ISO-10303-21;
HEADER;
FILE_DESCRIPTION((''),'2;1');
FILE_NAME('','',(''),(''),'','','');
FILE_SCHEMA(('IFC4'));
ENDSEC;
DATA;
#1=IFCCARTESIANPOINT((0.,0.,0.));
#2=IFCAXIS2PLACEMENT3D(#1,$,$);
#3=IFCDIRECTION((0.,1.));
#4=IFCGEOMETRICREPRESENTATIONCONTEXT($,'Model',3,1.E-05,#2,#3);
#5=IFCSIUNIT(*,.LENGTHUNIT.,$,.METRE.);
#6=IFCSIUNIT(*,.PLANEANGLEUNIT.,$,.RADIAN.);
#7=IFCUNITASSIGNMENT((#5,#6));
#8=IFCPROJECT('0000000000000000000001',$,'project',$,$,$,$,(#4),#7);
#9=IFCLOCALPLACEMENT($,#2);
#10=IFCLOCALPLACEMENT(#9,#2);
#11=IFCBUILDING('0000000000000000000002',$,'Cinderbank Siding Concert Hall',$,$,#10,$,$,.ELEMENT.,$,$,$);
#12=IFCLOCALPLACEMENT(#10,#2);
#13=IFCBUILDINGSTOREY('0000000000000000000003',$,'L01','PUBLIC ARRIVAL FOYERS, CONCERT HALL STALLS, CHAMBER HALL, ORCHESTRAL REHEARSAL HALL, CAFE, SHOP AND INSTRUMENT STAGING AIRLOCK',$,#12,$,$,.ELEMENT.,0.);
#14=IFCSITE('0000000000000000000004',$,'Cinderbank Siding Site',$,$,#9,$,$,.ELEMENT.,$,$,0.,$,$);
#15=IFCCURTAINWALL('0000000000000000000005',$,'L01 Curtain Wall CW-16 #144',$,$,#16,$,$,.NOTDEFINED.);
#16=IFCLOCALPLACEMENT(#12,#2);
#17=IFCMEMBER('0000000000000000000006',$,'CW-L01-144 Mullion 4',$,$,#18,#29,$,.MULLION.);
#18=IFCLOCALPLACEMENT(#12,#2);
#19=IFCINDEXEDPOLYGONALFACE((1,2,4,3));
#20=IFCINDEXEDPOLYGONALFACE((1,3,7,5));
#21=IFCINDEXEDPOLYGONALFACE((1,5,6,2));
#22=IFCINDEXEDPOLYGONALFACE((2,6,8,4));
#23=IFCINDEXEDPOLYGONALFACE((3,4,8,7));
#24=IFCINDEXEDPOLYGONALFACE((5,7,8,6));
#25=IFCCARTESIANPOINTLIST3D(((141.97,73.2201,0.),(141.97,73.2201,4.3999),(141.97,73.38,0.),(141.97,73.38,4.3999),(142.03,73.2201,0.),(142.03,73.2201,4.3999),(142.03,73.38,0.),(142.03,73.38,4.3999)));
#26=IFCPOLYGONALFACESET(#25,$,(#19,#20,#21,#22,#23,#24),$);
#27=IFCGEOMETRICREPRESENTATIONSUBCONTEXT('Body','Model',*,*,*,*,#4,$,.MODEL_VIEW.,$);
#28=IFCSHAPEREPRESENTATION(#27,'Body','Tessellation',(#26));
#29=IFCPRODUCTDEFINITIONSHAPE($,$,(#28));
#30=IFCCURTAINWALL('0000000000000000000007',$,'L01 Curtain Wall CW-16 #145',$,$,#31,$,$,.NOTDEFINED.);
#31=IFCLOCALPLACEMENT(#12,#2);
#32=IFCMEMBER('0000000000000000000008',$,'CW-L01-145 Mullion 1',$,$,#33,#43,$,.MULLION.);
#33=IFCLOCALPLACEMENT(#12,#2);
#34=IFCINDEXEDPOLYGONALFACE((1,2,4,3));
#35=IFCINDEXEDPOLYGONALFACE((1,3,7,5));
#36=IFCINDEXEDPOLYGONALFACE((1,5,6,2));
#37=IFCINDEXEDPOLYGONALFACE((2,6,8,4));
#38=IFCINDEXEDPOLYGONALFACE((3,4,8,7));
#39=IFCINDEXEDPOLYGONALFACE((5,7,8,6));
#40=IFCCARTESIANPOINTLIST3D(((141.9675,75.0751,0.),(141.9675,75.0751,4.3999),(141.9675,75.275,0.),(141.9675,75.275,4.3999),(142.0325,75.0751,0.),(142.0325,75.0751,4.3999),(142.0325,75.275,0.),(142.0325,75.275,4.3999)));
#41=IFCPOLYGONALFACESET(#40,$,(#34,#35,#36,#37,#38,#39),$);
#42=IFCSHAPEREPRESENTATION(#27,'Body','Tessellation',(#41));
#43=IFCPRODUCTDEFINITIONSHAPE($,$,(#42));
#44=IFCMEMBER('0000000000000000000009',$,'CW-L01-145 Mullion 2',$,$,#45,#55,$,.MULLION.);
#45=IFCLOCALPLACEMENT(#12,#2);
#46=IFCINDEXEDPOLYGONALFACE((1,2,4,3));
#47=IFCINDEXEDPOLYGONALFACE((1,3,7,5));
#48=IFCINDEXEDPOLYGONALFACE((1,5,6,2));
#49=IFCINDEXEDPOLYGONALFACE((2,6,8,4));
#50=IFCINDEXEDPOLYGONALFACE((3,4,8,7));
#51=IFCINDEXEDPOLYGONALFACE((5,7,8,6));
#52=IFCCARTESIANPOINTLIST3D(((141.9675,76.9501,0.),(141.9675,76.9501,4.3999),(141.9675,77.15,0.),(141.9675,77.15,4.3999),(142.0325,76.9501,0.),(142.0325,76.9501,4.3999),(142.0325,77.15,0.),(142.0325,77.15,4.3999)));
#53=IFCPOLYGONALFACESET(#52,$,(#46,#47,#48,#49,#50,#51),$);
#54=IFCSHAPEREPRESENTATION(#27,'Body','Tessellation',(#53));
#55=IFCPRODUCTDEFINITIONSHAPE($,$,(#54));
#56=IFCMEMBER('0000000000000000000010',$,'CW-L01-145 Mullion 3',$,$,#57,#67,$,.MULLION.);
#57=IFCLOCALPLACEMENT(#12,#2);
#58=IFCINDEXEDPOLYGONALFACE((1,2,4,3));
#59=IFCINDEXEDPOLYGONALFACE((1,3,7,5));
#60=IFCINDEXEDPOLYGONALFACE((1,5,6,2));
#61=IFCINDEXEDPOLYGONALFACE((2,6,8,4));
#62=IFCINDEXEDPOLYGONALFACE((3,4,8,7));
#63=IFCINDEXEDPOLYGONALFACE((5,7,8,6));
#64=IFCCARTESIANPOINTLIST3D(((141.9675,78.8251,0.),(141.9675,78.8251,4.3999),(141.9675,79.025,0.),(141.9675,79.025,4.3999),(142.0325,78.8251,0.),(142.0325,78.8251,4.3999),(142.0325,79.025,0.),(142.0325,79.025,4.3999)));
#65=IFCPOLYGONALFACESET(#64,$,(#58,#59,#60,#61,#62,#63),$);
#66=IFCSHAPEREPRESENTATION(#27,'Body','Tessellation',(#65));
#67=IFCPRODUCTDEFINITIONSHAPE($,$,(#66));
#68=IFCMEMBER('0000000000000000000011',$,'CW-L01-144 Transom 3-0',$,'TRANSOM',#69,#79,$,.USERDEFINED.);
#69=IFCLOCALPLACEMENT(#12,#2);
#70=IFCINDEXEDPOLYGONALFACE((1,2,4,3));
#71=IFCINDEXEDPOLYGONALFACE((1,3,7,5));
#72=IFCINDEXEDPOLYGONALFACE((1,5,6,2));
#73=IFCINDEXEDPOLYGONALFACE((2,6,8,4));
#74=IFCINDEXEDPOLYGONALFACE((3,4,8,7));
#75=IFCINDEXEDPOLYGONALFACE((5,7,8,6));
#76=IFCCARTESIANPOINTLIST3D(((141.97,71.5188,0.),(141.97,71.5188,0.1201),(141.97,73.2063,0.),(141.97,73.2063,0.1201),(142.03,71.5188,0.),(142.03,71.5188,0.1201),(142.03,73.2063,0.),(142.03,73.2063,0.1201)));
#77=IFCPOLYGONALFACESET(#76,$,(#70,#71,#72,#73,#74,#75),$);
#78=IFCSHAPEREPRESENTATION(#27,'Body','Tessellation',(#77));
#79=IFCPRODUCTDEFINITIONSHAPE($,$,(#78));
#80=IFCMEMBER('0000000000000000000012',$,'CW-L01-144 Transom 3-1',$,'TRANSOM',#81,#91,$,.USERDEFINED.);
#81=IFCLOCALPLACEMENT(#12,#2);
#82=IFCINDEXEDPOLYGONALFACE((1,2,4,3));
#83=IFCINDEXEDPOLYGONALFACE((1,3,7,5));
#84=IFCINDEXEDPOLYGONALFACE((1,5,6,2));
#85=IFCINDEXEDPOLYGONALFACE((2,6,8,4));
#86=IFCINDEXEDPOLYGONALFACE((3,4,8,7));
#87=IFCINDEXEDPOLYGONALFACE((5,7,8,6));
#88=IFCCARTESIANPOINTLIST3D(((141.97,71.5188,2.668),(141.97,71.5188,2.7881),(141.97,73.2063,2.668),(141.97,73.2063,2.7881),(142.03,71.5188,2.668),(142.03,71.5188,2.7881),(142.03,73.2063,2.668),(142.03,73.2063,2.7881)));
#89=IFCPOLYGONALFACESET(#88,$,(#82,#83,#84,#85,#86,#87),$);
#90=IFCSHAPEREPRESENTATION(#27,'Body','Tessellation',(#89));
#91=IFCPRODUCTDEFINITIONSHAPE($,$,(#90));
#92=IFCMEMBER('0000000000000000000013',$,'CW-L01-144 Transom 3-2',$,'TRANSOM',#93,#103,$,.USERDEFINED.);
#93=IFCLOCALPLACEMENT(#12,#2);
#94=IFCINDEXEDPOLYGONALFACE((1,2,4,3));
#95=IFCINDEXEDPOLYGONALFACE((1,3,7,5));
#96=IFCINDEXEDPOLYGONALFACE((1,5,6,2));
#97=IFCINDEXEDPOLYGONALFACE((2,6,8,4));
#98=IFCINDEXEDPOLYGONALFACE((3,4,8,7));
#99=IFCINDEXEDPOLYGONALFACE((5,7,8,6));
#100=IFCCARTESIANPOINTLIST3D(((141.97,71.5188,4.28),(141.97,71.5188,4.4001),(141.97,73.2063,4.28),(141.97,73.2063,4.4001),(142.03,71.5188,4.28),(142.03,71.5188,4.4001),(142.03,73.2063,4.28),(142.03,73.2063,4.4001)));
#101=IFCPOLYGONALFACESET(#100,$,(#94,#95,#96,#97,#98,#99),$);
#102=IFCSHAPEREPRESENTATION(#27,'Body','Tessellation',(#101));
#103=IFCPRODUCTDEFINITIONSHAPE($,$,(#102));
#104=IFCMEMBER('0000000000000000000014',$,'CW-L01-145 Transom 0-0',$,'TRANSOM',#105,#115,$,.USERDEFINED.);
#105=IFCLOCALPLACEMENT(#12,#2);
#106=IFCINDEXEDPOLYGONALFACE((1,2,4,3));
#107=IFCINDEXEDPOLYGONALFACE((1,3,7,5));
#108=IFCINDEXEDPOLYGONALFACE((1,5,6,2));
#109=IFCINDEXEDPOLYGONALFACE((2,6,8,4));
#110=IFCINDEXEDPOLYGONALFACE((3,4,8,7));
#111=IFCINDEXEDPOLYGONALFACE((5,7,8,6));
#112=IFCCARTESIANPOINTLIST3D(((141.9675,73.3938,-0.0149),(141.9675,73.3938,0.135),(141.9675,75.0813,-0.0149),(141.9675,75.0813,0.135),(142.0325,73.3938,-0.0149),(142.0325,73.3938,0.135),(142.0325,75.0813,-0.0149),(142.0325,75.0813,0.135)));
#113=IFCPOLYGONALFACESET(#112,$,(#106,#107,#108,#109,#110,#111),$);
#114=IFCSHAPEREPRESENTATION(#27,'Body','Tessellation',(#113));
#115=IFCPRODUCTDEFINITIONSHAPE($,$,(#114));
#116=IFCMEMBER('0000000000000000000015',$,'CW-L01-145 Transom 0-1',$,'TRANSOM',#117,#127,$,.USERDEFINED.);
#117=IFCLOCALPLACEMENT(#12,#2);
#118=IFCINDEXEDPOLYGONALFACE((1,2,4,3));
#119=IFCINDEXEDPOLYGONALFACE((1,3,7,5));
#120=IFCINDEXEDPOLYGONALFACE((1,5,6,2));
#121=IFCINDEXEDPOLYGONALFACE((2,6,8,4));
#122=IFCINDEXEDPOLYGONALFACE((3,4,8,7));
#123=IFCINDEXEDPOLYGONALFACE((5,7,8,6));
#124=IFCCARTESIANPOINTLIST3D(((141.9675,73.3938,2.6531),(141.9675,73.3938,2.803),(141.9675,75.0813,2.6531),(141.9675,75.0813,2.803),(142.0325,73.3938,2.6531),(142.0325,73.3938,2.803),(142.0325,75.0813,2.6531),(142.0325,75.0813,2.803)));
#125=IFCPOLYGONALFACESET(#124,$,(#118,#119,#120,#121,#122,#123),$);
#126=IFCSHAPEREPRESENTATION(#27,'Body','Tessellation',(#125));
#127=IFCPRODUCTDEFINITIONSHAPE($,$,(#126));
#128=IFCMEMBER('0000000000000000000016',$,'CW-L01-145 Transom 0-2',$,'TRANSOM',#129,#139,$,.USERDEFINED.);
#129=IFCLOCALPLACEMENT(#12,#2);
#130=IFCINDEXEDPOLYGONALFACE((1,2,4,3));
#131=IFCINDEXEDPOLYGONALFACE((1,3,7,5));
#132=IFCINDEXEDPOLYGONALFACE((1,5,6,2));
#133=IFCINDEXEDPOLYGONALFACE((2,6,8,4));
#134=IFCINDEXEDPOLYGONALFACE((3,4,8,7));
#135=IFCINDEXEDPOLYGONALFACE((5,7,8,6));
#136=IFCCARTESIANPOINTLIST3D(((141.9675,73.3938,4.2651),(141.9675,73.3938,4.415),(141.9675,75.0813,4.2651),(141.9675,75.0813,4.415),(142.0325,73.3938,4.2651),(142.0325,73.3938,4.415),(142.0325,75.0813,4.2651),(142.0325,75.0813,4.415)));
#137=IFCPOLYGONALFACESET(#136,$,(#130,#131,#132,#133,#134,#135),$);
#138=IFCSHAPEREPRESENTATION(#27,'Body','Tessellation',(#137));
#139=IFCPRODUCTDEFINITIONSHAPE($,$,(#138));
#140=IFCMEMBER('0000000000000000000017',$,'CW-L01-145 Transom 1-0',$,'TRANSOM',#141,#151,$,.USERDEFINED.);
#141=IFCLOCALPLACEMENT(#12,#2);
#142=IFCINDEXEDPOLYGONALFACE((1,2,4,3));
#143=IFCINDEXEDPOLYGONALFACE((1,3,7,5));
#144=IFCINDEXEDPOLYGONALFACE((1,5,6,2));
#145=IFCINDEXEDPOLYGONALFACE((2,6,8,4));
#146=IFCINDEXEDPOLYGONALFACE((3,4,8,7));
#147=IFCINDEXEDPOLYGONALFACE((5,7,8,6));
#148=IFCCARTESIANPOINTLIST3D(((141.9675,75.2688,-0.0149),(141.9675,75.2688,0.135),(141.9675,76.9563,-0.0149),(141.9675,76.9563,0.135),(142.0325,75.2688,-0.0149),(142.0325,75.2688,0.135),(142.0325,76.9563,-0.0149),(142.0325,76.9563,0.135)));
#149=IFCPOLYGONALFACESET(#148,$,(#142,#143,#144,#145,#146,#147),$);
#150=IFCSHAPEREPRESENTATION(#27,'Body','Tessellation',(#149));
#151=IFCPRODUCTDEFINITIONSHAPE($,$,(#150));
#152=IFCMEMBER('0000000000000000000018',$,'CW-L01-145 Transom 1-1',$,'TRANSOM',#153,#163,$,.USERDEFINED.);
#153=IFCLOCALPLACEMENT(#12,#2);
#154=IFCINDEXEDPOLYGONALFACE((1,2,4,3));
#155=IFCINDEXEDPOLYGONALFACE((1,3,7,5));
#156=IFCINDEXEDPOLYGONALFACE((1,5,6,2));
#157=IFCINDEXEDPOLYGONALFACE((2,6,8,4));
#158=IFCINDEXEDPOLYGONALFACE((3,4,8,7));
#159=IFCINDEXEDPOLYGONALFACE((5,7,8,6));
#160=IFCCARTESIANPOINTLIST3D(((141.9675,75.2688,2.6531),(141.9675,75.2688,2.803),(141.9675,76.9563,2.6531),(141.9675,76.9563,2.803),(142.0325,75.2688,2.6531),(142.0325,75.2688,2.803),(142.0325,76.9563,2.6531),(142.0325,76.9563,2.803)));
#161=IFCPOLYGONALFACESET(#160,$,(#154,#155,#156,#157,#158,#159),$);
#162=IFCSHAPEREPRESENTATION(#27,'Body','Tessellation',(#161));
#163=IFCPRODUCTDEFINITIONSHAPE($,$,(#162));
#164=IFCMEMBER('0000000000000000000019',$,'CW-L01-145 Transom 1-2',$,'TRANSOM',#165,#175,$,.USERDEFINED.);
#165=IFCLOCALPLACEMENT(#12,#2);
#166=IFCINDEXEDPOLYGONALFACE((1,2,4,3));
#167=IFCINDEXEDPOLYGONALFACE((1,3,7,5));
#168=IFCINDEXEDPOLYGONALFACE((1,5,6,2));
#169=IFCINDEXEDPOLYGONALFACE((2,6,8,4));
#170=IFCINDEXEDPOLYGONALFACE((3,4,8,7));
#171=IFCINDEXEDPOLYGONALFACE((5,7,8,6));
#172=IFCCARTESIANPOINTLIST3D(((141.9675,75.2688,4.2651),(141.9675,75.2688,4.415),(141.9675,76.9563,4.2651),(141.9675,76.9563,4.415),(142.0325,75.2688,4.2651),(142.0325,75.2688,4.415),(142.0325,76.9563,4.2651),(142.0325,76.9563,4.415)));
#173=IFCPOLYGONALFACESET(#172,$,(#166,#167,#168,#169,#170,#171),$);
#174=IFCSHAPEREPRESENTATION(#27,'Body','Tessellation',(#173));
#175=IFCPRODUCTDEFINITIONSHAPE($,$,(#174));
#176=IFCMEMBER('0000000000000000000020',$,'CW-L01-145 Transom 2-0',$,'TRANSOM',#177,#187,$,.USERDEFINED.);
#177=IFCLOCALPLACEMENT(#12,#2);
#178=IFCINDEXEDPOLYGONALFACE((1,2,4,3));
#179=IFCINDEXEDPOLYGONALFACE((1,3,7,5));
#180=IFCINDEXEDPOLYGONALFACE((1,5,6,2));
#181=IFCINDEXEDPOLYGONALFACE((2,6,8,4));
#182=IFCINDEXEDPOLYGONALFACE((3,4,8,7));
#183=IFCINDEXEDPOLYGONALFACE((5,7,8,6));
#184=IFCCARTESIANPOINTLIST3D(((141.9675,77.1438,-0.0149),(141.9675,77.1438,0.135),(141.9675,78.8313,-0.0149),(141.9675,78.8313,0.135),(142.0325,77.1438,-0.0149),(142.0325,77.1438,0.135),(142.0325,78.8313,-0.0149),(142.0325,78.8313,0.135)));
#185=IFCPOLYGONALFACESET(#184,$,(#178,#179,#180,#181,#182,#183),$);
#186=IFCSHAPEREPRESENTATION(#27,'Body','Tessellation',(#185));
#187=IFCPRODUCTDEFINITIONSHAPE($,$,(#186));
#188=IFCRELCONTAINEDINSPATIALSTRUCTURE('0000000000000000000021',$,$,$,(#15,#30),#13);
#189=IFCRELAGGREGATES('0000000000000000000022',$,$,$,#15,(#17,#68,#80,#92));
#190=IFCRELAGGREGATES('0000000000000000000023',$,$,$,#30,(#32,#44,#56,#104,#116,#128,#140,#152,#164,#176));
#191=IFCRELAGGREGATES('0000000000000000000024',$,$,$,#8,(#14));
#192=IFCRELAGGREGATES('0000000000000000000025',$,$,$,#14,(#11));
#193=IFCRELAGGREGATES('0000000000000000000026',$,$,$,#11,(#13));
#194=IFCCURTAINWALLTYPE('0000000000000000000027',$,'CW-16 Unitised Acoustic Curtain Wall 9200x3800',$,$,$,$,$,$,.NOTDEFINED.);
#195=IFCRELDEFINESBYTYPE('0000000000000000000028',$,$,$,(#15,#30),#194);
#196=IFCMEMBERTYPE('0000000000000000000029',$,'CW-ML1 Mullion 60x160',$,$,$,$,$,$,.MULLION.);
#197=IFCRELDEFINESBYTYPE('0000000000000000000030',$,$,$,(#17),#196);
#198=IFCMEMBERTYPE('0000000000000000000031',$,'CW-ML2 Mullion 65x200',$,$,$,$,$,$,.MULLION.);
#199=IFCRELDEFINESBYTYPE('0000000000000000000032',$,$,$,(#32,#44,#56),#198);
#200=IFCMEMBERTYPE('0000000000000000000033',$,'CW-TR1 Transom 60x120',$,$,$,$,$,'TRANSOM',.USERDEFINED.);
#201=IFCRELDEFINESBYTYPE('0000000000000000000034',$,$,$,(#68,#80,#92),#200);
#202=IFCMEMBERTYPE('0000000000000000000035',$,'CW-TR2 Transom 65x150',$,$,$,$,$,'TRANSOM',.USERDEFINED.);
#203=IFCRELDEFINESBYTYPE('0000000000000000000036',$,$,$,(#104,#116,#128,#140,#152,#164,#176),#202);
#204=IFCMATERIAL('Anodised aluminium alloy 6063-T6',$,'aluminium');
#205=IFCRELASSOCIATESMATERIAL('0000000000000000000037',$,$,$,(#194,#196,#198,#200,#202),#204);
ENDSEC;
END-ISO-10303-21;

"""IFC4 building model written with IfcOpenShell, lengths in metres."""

from ifc_helpers import new_model, si_unit, direction, frame, origin, origin_2d, place, context, subcontext, project, spatial, rectangle, extrude, material, material_profile, profile_set, type_object, element, aggregate, save


model = new_model("IFC4")

# Units and contexts
model_context = context("Model", 3, precision=1e-05, world=origin(), true_north=direction((0.0, 1.0)))
body_context = subcontext(model_context, "Body", "Model", "MODEL_VIEW")
ifc_project = project(units=[si_unit("LENGTHUNIT", "METRE"), si_unit("PLANEANGLEUNIT", "RADIAN")], contexts=[model_context])

# Site, building, storey
site_placement = place(None, origin())
site = spatial("IfcSite", under=ifc_project, at=site_placement, Name="Cinderbank Siding Site", CompositionType="ELEMENT", RefElevation=0.0)
building_placement = place(site_placement, origin())
building = spatial("IfcBuilding", under=site, at=building_placement, Name="Cinderbank Siding Concert Hall", CompositionType="ELEMENT")
storey_placement = place(building_placement, origin())
storey = spatial("IfcBuildingStorey", under=building, at=storey_placement, Name="L01", Description="PUBLIC ARRIVAL FOYERS, CONCERT HALL STALLS, CHAMBER HALL, ORCHESTRAL REHEARSAL HALL, CAFE, SHOP AND INSTRUMENT STAGING AIRLOCK", CompositionType="ELEMENT", Elevation=0.0)

# Curtain wall, member
ifc_material_1 = material(Name="Anodised aluminium alloy 6063-T6", Category="aluminium")
curtain_wall_type = type_object("IfcCurtainWallType", Name="CW-16 Unitised Acoustic Curtain Wall 9200x3800", PredefinedType="NOTDEFINED", material=ifc_material_1)
curtain_wall_1_placement = place(storey_placement, origin())
curtain_wall_1 = element("IfcCurtainWall", 1, at=curtain_wall_1_placement, inside=storey, type_object=curtain_wall_type, Name="L01 Curtain Wall CW-16 #144", PredefinedType="NOTDEFINED")
ifc_material_profile_1 = material_profile(ifc_material_1, rectangle(XDim=0.0601, YDim=0.1599, at=origin_2d()), Name="ALU-MULL-60x160", Category="LoadBearing")
ifc_profile_set_1 = profile_set([ifc_material_profile_1], Name="Anodised aluminium alloy 6063-T6")
member_type_1 = type_object("IfcMemberType", Name="CW-ML1 Mullion 60x160", PredefinedType="MULLION", material=ifc_profile_set_1)
member_1_placement = place(storey_placement, frame((142.0, 73.3, 0.0), z_axis=(0.0, 0.0, 1.0), x_axis=(1.0, 0.0, 0.0)))
member_1 = element("IfcMember", 2, at=member_1_placement, type_object=member_type_1, Name="CW-L01-144 Mullion 4", PredefinedType="MULLION", context=body_context, shape_type="SweptSolid", body=[
    extrude(rectangle(XDim=0.0601, YDim=0.1599, at=origin_2d()), origin(), (0.0, 0.0, 1.0), 4.3999),
])

# Curtain wall, members
curtain_wall_2_placement = place(storey_placement, origin())
curtain_wall_2 = element("IfcCurtainWall", 3, at=curtain_wall_2_placement, inside=storey, type_object=curtain_wall_type, Name="L01 Curtain Wall CW-16 #145", PredefinedType="NOTDEFINED")
ifc_material_profile_2 = material_profile(ifc_material_1, rectangle(XDim=0.0649, YDim=0.2, at=origin_2d()), Name="ALU-MULL-65x200", Category="LoadBearing")
ifc_profile_set_2 = profile_set([ifc_material_profile_2], Name="Anodised aluminium alloy 6063-T6")
member_type_2 = type_object("IfcMemberType", Name="CW-ML2 Mullion 65x200", PredefinedType="MULLION", material=ifc_profile_set_2)
member_2_placement = place(storey_placement, frame((142.0, 75.175, 0.0), z_axis=(0.0, 0.0, 1.0), x_axis=(1.0, 0.0, 0.0)))
member_2 = element("IfcMember", 4, at=member_2_placement, type_object=member_type_2, Name="CW-L01-145 Mullion 1", PredefinedType="MULLION", context=body_context, shape_type="SweptSolid", body=[
    extrude(rectangle(XDim=0.0649, YDim=0.2, at=origin_2d()), origin(), (0.0, 0.0, 1.0), 4.3999),
])
member_3_placement = place(storey_placement, frame((142.0, 77.05, 0.0), z_axis=(0.0, 0.0, 1.0), x_axis=(1.0, 0.0, 0.0)))
member_3 = element("IfcMember", 5, at=member_3_placement, type_object=member_type_2, Name="CW-L01-145 Mullion 2", PredefinedType="MULLION", context=body_context, shape_type="SweptSolid", body=[
    extrude(rectangle(XDim=0.0649, YDim=0.2, at=origin_2d()), origin(), (0.0, 0.0, 1.0), 4.3999),
])
member_4_placement = place(storey_placement, frame((142.0, 78.925, 0.0), z_axis=(0.0, 0.0, 1.0), x_axis=(1.0, 0.0, 0.0)))
member_4 = element("IfcMember", 6, at=member_4_placement, type_object=member_type_2, Name="CW-L01-145 Mullion 3", PredefinedType="MULLION", context=body_context, shape_type="SweptSolid", body=[
    extrude(rectangle(XDim=0.0649, YDim=0.2, at=origin_2d()), origin(), (0.0, 0.0, 1.0), 4.3999),
])

# Members
ifc_material_profile_3 = material_profile(ifc_material_1, rectangle(XDim=0.0601, YDim=0.1201, at=origin_2d()), Name="ALU-TRAN-60x120", Category="LoadBearing")
ifc_profile_set_3 = profile_set([ifc_material_profile_3], Name="Anodised aluminium alloy 6063-T6")
member_type_3 = type_object("IfcMemberType", Name="CW-TR1 Transom 60x120", ElementType="TRANSOM", PredefinedType="USERDEFINED", material=ifc_profile_set_3)
member_5_placement = place(storey_placement, frame((142.0, 71.5188, 0.0601), z_axis=(0.0, 1.0, 0.0), x_axis=(-1.0, 0.0, 0.0)))
member_5 = element("IfcMember", 7, at=member_5_placement, type_object=member_type_3, Name="CW-L01-144 Transom 3-0", ObjectType="TRANSOM", PredefinedType="USERDEFINED", context=body_context, shape_type="SweptSolid", body=[
    extrude(rectangle(XDim=0.0601, YDim=0.1201, at=origin_2d()), origin(), (0.0, 0.0, 1.0), 1.6875),
])
member_6_placement = place(storey_placement, frame((142.0, 71.5188, 2.728), z_axis=(0.0, 1.0, 0.0), x_axis=(-1.0, 0.0, 0.0)))
member_6 = element("IfcMember", 8, at=member_6_placement, type_object=member_type_3, Name="CW-L01-144 Transom 3-1", ObjectType="TRANSOM", PredefinedType="USERDEFINED", context=body_context, shape_type="SweptSolid", body=[
    extrude(rectangle(XDim=0.0601, YDim=0.1201, at=origin_2d()), origin(), (0.0, 0.0, 1.0), 1.6875),
])
member_7_placement = place(storey_placement, frame((142.0, 71.5188, 4.3401), z_axis=(0.0, 1.0, 0.0), x_axis=(-1.0, 0.0, 0.0)))
member_7 = element("IfcMember", 9, at=member_7_placement, type_object=member_type_3, Name="CW-L01-144 Transom 3-2", ObjectType="TRANSOM", PredefinedType="USERDEFINED", context=body_context, shape_type="SweptSolid", body=[
    extrude(rectangle(XDim=0.0601, YDim=0.1201, at=origin_2d()), origin(), (0.0, 0.0, 1.0), 1.6875),
])
ifc_material_profile_4 = material_profile(ifc_material_1, rectangle(XDim=0.0649, YDim=0.1499, at=origin_2d()), Name="ALU-TRAN-65x150", Category="LoadBearing")
ifc_profile_set_4 = profile_set([ifc_material_profile_4], Name="Anodised aluminium alloy 6063-T6")
member_type_4 = type_object("IfcMemberType", Name="CW-TR2 Transom 65x150", ElementType="TRANSOM", PredefinedType="USERDEFINED", material=ifc_profile_set_4)
member_8_placement = place(storey_placement, frame((142.0, 73.3938, 0.0601), z_axis=(0.0, 1.0, 0.0), x_axis=(-1.0, 0.0, 0.0)))
member_8 = element("IfcMember", 10, at=member_8_placement, type_object=member_type_4, Name="CW-L01-145 Transom 0-0", ObjectType="TRANSOM", PredefinedType="USERDEFINED", context=body_context, shape_type="SweptSolid", body=[
    extrude(rectangle(XDim=0.0649, YDim=0.1499, at=origin_2d()), origin(), (0.0, 0.0, 1.0), 1.6875),
])
member_9_placement = place(storey_placement, frame((142.0, 73.3938, 2.728), z_axis=(0.0, 1.0, 0.0), x_axis=(-1.0, 0.0, 0.0)))
member_9 = element("IfcMember", 11, at=member_9_placement, type_object=member_type_4, Name="CW-L01-145 Transom 0-1", ObjectType="TRANSOM", PredefinedType="USERDEFINED", context=body_context, shape_type="SweptSolid", body=[
    extrude(rectangle(XDim=0.0649, YDim=0.1499, at=origin_2d()), origin(), (0.0, 0.0, 1.0), 1.6875),
])
member_10_placement = place(storey_placement, frame((142.0, 73.3938, 4.3401), z_axis=(0.0, 1.0, 0.0), x_axis=(-1.0, 0.0, 0.0)))
member_10 = element("IfcMember", 12, at=member_10_placement, type_object=member_type_4, Name="CW-L01-145 Transom 0-2", ObjectType="TRANSOM", PredefinedType="USERDEFINED", context=body_context, shape_type="SweptSolid", body=[
    extrude(rectangle(XDim=0.0649, YDim=0.1499, at=origin_2d()), origin(), (0.0, 0.0, 1.0), 1.6875),
])
member_11_placement = place(storey_placement, frame((142.0, 75.2688, 0.0601), z_axis=(0.0, 1.0, 0.0), x_axis=(-1.0, 0.0, 0.0)))
member_11 = element("IfcMember", 13, at=member_11_placement, type_object=member_type_4, Name="CW-L01-145 Transom 1-0", ObjectType="TRANSOM", PredefinedType="USERDEFINED", context=body_context, shape_type="SweptSolid", body=[
    extrude(rectangle(XDim=0.0649, YDim=0.1499, at=origin_2d()), origin(), (0.0, 0.0, 1.0), 1.6875),
])
member_12_placement = place(storey_placement, frame((142.0, 75.2688, 2.728), z_axis=(0.0, 1.0, 0.0), x_axis=(-1.0, 0.0, 0.0)))
member_12 = element("IfcMember", 14, at=member_12_placement, type_object=member_type_4, Name="CW-L01-145 Transom 1-1", ObjectType="TRANSOM", PredefinedType="USERDEFINED", context=body_context, shape_type="SweptSolid", body=[
    extrude(rectangle(XDim=0.0649, YDim=0.1499, at=origin_2d()), origin(), (0.0, 0.0, 1.0), 1.6875),
])
member_13_placement = place(storey_placement, frame((142.0, 75.2688, 4.3401), z_axis=(0.0, 1.0, 0.0), x_axis=(-1.0, 0.0, 0.0)))
member_13 = element("IfcMember", 15, at=member_13_placement, type_object=member_type_4, Name="CW-L01-145 Transom 1-2", ObjectType="TRANSOM", PredefinedType="USERDEFINED", context=body_context, shape_type="SweptSolid", body=[
    extrude(rectangle(XDim=0.0649, YDim=0.1499, at=origin_2d()), origin(), (0.0, 0.0, 1.0), 1.6875),
])
member_14_placement = place(storey_placement, frame((142.0, 77.1438, 0.0601), z_axis=(0.0, 1.0, 0.0), x_axis=(-1.0, 0.0, 0.0)))
member_14 = element("IfcMember", 16, at=member_14_placement, type_object=member_type_4, Name="CW-L01-145 Transom 2-0", ObjectType="TRANSOM", PredefinedType="USERDEFINED", context=body_context, shape_type="SweptSolid", body=[
    extrude(rectangle(XDim=0.0649, YDim=0.1499, at=origin_2d()), origin(), (0.0, 0.0, 1.0), 1.6875),
])

aggregate(curtain_wall_1, [member_1, member_5, member_6, member_7])
aggregate(curtain_wall_2, [member_2, member_3, member_4, member_8, member_9, member_10, member_11, member_12, member_13, member_14])

save(model, "model.ifc")
